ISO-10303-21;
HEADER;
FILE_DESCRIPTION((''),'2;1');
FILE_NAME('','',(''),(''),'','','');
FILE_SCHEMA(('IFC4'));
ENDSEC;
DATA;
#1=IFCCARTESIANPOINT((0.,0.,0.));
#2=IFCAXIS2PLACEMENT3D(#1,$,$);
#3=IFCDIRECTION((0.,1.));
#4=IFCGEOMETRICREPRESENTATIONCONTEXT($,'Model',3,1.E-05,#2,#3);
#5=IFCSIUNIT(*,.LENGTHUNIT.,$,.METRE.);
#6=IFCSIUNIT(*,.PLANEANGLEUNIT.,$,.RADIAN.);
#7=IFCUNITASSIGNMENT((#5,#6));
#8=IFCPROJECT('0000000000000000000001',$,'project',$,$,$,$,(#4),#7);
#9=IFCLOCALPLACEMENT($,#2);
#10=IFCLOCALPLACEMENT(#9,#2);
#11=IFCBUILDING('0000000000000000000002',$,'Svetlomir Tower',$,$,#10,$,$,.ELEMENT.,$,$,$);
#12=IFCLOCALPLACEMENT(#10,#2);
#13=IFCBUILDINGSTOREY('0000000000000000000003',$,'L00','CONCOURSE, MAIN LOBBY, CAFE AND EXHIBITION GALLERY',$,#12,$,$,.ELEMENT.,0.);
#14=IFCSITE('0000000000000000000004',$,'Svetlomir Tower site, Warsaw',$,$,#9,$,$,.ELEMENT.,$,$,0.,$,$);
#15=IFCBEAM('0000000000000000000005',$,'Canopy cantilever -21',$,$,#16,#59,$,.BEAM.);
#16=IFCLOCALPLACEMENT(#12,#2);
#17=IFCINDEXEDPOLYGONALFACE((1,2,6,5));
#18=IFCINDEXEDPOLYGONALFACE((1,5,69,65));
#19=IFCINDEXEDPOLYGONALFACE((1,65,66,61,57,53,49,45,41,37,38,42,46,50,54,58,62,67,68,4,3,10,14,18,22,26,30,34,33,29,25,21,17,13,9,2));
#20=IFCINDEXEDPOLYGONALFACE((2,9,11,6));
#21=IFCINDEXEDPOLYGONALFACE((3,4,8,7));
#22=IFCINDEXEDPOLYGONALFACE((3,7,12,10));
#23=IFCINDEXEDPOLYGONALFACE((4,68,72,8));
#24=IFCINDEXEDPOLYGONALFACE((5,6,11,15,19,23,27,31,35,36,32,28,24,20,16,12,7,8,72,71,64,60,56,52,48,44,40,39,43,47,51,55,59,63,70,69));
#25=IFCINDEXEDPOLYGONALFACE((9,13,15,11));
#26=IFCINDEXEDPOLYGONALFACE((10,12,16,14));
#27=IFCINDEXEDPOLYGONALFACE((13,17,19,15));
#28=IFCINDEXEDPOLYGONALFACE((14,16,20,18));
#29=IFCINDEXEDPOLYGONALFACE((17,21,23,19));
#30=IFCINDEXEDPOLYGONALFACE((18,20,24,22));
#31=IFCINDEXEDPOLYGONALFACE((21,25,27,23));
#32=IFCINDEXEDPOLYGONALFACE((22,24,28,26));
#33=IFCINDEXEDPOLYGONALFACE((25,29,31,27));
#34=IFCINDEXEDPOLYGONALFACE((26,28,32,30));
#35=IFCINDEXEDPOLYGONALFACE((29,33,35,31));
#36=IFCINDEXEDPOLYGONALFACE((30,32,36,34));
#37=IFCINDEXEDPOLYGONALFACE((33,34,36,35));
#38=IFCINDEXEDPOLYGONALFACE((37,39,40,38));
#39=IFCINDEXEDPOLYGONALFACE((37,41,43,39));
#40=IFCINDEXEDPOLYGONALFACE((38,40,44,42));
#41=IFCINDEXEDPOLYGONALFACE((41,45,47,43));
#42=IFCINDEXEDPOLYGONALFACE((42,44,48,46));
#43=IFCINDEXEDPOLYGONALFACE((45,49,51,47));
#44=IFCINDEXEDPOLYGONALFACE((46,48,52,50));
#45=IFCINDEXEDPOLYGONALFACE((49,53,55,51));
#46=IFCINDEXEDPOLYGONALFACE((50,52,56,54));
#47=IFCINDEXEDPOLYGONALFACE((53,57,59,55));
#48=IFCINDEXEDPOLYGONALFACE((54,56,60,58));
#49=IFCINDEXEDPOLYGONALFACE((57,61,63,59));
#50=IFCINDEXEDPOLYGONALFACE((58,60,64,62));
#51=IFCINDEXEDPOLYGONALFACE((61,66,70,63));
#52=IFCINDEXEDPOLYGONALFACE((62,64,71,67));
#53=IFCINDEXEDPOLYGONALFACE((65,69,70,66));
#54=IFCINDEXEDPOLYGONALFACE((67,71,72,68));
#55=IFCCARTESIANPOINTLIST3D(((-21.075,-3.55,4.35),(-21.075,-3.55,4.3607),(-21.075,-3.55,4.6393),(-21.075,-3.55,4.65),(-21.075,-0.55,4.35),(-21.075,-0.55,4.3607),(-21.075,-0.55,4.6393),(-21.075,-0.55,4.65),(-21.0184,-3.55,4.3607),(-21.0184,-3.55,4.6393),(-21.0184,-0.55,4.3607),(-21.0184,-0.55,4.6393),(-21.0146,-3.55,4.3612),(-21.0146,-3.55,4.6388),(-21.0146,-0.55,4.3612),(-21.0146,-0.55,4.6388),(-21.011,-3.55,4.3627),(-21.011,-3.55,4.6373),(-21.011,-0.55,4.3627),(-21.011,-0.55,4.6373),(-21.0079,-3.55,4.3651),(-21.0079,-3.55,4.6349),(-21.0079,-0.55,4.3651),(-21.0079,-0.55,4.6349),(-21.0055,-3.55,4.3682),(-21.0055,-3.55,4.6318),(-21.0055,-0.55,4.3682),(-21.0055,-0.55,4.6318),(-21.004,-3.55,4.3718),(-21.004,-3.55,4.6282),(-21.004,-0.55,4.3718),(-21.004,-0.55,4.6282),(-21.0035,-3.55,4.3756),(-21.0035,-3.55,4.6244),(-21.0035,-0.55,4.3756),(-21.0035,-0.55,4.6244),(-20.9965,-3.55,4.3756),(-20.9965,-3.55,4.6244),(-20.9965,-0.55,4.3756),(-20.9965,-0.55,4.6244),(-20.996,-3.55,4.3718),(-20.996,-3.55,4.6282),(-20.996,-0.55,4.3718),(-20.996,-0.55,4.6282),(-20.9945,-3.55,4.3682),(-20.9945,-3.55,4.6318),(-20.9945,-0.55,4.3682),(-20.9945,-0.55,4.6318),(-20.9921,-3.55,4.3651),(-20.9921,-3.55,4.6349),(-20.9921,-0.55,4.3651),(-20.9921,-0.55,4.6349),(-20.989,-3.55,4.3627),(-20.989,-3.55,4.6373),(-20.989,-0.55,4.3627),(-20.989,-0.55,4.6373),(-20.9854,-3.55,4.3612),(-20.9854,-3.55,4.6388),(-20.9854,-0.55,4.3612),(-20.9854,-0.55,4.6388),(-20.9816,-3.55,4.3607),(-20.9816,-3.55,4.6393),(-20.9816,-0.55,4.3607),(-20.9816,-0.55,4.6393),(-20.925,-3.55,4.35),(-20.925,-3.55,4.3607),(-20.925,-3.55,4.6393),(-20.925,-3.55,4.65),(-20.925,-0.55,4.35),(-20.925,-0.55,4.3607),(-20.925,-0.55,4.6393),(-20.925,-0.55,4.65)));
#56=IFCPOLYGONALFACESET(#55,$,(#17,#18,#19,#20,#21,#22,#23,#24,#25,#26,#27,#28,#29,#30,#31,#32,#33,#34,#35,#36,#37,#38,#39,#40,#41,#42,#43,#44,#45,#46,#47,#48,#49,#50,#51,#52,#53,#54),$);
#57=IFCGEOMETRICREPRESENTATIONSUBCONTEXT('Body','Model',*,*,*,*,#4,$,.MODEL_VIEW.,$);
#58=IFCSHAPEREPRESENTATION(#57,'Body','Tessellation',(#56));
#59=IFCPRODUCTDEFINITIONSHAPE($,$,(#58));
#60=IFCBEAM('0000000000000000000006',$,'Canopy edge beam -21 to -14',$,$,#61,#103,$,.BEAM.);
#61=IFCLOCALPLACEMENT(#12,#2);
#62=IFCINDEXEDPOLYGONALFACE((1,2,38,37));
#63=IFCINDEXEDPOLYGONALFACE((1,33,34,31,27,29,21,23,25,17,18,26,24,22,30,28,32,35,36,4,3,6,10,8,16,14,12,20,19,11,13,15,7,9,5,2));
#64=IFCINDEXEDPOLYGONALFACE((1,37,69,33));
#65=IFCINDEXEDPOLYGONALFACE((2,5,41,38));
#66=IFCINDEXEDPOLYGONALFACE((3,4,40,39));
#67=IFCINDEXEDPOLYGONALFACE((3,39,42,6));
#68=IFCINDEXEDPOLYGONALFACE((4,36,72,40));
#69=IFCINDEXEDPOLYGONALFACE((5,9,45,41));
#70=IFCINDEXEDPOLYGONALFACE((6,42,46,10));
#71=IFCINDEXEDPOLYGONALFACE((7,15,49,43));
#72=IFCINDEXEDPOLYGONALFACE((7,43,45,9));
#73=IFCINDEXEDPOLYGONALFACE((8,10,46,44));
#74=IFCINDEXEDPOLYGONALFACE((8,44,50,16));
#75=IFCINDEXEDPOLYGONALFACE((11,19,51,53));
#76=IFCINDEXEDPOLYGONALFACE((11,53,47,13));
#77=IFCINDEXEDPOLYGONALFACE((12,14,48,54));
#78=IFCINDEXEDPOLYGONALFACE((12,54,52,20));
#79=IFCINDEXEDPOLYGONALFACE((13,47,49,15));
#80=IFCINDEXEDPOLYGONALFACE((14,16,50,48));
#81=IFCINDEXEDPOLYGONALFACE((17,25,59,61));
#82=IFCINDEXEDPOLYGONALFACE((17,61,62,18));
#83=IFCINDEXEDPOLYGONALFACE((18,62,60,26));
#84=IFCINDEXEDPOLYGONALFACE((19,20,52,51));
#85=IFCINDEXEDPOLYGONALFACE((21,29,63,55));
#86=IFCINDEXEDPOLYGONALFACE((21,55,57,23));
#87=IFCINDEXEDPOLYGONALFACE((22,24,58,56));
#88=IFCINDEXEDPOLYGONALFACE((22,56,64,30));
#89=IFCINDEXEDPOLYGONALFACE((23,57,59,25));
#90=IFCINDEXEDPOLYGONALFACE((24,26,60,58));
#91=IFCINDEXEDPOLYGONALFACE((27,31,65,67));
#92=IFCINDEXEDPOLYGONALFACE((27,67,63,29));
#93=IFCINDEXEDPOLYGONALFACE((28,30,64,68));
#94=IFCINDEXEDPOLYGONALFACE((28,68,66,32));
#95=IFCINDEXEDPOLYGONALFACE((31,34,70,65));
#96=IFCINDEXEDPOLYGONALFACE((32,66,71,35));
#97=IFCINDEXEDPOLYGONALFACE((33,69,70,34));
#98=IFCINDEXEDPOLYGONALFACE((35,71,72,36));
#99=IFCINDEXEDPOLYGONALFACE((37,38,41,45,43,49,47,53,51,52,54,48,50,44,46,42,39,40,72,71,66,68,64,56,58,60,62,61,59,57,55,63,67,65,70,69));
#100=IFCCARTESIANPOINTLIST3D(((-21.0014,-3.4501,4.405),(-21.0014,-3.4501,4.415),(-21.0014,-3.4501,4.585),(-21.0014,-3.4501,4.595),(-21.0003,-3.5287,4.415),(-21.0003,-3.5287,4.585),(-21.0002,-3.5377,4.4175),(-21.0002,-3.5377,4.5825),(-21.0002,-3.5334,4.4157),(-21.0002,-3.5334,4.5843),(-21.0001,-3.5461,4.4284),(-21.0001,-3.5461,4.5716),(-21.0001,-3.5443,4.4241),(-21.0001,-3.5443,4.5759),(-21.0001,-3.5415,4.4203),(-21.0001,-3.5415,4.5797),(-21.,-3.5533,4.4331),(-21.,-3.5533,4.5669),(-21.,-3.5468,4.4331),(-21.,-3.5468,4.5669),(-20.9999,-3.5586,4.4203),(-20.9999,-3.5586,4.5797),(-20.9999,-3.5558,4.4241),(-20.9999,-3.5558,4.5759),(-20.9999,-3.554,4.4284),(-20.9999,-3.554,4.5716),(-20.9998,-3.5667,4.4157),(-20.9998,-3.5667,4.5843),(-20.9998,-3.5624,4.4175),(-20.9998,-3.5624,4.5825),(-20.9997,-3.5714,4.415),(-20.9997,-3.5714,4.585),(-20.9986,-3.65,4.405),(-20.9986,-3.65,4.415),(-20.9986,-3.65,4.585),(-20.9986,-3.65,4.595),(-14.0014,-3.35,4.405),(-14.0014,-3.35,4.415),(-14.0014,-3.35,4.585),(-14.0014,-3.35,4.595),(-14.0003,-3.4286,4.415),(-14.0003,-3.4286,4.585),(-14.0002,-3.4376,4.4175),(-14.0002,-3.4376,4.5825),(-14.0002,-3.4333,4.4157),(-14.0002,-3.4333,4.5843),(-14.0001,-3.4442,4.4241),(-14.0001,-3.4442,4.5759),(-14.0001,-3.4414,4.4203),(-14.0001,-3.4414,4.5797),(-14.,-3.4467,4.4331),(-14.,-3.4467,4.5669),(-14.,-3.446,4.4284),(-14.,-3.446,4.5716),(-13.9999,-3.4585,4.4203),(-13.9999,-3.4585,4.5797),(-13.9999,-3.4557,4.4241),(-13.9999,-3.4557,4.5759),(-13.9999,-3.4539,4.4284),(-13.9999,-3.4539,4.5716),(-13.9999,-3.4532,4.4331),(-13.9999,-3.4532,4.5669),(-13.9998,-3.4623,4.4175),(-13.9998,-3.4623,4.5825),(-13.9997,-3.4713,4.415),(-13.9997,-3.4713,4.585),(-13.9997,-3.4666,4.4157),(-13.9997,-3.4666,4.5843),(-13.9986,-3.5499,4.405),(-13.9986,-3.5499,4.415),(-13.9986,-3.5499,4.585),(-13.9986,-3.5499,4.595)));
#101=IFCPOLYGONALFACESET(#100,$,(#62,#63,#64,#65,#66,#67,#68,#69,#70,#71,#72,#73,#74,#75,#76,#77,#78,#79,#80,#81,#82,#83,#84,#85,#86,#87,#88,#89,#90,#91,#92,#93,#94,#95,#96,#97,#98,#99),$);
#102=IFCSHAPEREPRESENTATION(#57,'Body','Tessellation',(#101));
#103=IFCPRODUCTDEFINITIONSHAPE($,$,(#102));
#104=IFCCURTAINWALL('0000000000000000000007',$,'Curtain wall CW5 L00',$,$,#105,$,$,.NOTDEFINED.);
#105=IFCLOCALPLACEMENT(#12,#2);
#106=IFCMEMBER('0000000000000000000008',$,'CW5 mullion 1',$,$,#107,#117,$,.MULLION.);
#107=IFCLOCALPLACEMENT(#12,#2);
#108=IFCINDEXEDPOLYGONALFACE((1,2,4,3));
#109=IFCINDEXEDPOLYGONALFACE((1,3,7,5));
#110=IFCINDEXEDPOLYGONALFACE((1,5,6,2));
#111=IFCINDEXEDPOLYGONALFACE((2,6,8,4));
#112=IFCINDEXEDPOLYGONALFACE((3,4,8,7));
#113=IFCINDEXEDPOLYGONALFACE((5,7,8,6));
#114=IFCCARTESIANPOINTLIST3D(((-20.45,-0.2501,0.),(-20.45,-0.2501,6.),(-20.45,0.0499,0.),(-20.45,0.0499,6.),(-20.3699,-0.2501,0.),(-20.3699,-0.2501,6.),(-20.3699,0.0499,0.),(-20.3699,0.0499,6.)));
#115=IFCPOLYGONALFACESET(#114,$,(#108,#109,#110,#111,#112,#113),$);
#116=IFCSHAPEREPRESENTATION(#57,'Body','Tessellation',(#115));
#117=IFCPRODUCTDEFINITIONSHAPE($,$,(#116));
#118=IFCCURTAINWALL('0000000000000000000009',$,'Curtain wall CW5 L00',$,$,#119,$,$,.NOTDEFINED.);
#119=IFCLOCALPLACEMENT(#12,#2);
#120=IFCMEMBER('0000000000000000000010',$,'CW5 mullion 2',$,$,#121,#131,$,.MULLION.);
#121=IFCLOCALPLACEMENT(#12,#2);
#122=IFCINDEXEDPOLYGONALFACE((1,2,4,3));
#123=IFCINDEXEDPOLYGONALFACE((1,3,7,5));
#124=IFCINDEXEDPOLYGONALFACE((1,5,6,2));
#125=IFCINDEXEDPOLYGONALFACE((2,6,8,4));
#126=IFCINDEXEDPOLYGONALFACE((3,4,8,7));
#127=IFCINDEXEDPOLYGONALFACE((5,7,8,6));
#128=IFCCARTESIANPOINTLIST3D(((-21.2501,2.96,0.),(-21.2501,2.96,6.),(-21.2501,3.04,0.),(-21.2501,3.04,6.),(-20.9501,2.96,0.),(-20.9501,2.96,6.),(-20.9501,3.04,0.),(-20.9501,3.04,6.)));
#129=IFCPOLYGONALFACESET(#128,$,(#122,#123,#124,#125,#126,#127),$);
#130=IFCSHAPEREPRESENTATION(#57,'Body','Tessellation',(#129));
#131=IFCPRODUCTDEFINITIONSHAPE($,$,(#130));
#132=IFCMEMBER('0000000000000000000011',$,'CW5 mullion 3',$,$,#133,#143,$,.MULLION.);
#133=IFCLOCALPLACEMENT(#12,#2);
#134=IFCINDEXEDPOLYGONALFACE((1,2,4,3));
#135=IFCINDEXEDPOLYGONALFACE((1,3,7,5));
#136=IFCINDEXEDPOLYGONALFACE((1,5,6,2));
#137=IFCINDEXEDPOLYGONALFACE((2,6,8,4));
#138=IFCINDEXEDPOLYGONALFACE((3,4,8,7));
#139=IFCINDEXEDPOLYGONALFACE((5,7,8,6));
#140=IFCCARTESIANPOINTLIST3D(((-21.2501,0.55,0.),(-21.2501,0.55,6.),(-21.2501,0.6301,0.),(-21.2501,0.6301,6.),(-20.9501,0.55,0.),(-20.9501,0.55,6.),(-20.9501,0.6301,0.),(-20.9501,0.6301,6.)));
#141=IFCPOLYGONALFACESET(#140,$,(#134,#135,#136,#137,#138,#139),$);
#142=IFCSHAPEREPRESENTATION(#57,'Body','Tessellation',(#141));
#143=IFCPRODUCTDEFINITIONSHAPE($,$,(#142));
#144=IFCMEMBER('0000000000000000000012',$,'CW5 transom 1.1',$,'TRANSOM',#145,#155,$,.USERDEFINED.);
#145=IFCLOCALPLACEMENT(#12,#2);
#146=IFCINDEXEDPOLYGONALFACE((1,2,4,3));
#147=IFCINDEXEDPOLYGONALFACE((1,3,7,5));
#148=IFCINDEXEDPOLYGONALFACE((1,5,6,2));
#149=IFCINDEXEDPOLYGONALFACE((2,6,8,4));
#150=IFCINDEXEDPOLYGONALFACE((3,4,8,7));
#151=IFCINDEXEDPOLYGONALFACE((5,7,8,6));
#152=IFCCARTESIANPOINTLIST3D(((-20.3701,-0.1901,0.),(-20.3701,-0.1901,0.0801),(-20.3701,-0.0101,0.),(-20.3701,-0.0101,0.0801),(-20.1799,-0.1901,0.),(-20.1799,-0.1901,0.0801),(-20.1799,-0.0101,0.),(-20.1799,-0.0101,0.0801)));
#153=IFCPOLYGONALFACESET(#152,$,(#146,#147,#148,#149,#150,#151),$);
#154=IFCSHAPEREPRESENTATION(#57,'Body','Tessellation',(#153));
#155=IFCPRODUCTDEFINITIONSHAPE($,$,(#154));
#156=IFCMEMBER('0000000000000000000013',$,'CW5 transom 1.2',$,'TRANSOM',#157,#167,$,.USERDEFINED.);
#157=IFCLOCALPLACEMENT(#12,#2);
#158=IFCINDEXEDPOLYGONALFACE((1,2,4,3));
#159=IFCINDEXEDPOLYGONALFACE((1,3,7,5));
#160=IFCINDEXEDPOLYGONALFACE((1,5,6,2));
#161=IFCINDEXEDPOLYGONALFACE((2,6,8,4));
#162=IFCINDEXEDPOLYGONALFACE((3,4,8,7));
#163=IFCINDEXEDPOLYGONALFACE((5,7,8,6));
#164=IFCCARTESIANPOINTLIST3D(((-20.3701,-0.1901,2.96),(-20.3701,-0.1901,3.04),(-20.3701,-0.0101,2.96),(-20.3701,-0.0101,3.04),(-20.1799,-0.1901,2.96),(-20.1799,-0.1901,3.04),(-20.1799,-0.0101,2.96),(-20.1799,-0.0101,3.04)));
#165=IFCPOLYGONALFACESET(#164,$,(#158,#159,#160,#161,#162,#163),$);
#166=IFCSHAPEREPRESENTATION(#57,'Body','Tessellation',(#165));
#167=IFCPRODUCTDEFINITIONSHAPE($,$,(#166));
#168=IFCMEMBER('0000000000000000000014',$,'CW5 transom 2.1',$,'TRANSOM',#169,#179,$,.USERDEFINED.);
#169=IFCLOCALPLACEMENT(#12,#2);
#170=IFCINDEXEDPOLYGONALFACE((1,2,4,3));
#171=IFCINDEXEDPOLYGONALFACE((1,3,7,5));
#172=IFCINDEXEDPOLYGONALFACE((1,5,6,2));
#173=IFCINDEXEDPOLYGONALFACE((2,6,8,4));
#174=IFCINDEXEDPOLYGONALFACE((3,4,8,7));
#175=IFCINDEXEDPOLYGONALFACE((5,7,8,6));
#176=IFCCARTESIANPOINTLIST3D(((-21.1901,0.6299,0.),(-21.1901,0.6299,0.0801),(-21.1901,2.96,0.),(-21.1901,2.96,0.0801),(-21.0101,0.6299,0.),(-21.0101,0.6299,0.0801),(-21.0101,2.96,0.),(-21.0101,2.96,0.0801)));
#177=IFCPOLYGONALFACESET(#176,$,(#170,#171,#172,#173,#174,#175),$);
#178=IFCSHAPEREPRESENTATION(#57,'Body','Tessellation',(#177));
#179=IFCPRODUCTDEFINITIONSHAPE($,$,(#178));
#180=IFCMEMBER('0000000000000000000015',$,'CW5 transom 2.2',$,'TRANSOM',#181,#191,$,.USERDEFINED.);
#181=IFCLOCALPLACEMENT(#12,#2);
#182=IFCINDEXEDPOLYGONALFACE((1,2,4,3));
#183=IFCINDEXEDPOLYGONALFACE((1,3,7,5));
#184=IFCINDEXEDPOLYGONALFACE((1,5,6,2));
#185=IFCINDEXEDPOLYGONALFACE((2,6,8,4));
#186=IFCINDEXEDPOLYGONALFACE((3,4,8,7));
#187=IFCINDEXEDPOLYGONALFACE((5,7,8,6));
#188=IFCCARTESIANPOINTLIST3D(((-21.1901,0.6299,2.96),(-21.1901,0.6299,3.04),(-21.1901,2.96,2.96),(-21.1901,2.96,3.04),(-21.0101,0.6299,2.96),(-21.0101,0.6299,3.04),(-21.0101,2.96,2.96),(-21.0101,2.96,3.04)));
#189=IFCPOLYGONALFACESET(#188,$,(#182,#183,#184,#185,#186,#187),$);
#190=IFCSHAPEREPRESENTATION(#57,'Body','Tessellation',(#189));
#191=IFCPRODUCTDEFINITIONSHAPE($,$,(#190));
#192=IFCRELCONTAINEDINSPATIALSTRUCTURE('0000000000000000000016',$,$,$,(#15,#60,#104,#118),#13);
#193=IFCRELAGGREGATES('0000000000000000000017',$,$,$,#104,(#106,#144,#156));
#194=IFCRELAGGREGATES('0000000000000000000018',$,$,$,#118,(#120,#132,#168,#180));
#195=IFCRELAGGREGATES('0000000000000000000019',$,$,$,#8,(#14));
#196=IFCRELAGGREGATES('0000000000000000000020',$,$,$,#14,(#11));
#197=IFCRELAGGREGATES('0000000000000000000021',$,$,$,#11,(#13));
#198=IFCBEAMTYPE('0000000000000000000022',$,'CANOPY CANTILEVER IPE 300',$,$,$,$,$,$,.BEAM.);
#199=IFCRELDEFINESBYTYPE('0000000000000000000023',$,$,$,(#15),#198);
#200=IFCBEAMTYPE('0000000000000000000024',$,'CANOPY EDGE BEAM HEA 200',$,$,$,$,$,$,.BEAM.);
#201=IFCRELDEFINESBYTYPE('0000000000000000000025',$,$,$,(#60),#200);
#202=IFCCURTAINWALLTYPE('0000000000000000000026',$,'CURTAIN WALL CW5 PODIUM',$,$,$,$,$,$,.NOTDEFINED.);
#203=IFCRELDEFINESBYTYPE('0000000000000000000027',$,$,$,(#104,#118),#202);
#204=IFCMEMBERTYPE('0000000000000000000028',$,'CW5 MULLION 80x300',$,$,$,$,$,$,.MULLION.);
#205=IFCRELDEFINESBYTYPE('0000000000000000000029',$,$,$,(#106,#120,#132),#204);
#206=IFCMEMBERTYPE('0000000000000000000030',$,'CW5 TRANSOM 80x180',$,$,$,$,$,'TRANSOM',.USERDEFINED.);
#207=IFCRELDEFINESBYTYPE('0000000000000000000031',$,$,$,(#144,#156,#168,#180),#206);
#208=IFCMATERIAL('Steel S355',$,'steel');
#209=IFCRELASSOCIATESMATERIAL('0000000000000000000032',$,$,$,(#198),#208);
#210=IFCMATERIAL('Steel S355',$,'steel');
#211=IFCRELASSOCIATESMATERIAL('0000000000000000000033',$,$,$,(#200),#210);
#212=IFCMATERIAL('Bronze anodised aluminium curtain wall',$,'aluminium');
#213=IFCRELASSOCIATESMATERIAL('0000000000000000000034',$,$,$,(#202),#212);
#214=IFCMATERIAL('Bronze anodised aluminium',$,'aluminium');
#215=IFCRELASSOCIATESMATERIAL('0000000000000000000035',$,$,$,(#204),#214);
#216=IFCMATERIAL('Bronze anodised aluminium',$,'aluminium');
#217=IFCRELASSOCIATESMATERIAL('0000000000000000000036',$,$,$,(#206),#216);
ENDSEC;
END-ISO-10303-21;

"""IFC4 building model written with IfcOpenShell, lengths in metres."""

from ifc_helpers import new_model, si_unit, direction, frame, origin, origin_2d, place, context, subcontext, project, spatial, rectangle, i_section, extrude, material, material_profile, profile_set, type_object, element, aggregate, save


model = new_model("IFC4")

# Units and contexts
model_context = context("Model", 3, precision=1e-05, world=origin(), true_north=direction((0.0, 1.0)))
body_context = subcontext(model_context, "Body", "Model", "MODEL_VIEW")
ifc_project = project(units=[si_unit("LENGTHUNIT", "METRE"), si_unit("PLANEANGLEUNIT", "RADIAN")], contexts=[model_context])

# Site, building, storey
site_placement = place(None, origin())
site = spatial("IfcSite", under=ifc_project, at=site_placement, Name="Svetlomir Tower site, Warsaw", CompositionType="ELEMENT", RefElevation=0.0)
building_placement = place(site_placement, origin())
building = spatial("IfcBuilding", under=site, at=building_placement, Name="Svetlomir Tower", CompositionType="ELEMENT")
storey_placement = place(building_placement, origin())
storey = spatial("IfcBuildingStorey", under=building, at=storey_placement, Name="L00", Description="CONCOURSE, MAIN LOBBY, CAFE AND EXHIBITION GALLERY", CompositionType="ELEMENT", Elevation=0.0)

# Beams
ifc_material_1 = material(Name="Steel S355", Category="steel")
ifc_material_profile_1 = material_profile(ifc_material_1, i_section(OverallWidth=0.1499, OverallDepth=0.3, WebThickness=0.0071, FlangeThickness=0.0107, FilletRadius=0.0149, at=origin_2d()), Name="IPE 300")
ifc_profile_set_1 = profile_set([ifc_material_profile_1], Name="Steel S355")
beam_type_1 = type_object("IfcBeamType", Name="CANOPY CANTILEVER IPE 300", PredefinedType="BEAM", material=ifc_profile_set_1)
beam_1_placement = place(storey_placement, frame((-21.0, -0.55, 4.5), z_axis=(0.0, -1.0, 0.0), x_axis=(1.0, 0.0, 0.0)))
element("IfcBeam", 1, at=beam_1_placement, inside=storey, type_object=beam_type_1, Name="Canopy cantilever -21", PredefinedType="BEAM", context=body_context, shape_type="SweptSolid", body=[
    extrude(i_section(OverallWidth=0.1499, OverallDepth=0.3, WebThickness=0.0071, FlangeThickness=0.0107, FilletRadius=0.0149, at=origin_2d()), origin(), (0.0, 0.0, 1.0), 3.0),
])
ifc_material_2 = material(Name="Steel S355", Category="steel")
ifc_material_profile_2 = material_profile(ifc_material_2, i_section(OverallWidth=0.2, OverallDepth=0.1899, WebThickness=0.0066, FlangeThickness=0.01, FilletRadius=0.0181, at=origin_2d()), Name="HEA 200")
ifc_profile_set_2 = profile_set([ifc_material_profile_2], Name="Steel S355")
beam_type_2 = type_object("IfcBeamType", Name="CANOPY EDGE BEAM HEA 200", PredefinedType="BEAM", material=ifc_profile_set_2)
beam_2_placement = place(storey_placement, frame((-21.0, -3.55, 4.5), z_axis=(0.999898, 0.014298, 0.0), x_axis=(-0.014298, 0.999898, 0.0)))
element("IfcBeam", 2, at=beam_2_placement, inside=storey, type_object=beam_type_2, Name="Canopy edge beam -21 to -14", PredefinedType="BEAM", context=body_context, shape_type="SweptSolid", body=[
    extrude(i_section(OverallWidth=0.2, OverallDepth=0.1899, WebThickness=0.0066, FlangeThickness=0.01, FilletRadius=0.0181, at=origin_2d()), origin(), (0.0, 0.0, 1.0), 7.0007),
])

# Curtain wall, member
ifc_material_3 = material(Name="Bronze anodised aluminium curtain wall", Category="aluminium")
curtain_wall_type = type_object("IfcCurtainWallType", Name="CURTAIN WALL CW5 PODIUM", PredefinedType="NOTDEFINED", material=ifc_material_3)
curtain_wall_1_placement = place(storey_placement, origin())
curtain_wall_1 = element("IfcCurtainWall", 3, at=curtain_wall_1_placement, inside=storey, type_object=curtain_wall_type, Name="Curtain wall CW5 L00", PredefinedType="NOTDEFINED")
ifc_material_4 = material(Name="Bronze anodised aluminium", Category="aluminium")
ifc_material_profile_3 = material_profile(ifc_material_4, rectangle(XDim=0.0801, YDim=0.3, at=origin_2d()), Name="AL 80x300")
ifc_profile_set_3 = profile_set([ifc_material_profile_3], Name="Bronze anodised aluminium 6063-T6")
member_type_1 = type_object("IfcMemberType", Name="CW5 MULLION 80x300", PredefinedType="MULLION", material=ifc_profile_set_3)
member_1_placement = place(storey_placement, frame((-20.4099, -0.1001, 0.0), z_axis=(0.0, 0.0, 1.0), x_axis=(1.0, 0.0, 0.0)))
member_1 = element("IfcMember", 4, at=member_1_placement, type_object=member_type_1, Name="CW5 mullion 1", PredefinedType="MULLION", context=body_context, shape_type="SweptSolid", body=[
    extrude(rectangle(XDim=0.0801, YDim=0.3, at=origin_2d()), origin(), (0.0, 0.0, 1.0), 6.0),
])

# Curtain wall, members
curtain_wall_2_placement = place(storey_placement, origin())
curtain_wall_2 = element("IfcCurtainWall", 5, at=curtain_wall_2_placement, inside=storey, type_object=curtain_wall_type, Name="Curtain wall CW5 L00", PredefinedType="NOTDEFINED")
member_2_placement = place(storey_placement, frame((-21.1001, 3.0, 0.0), z_axis=(0.0, 0.0, 1.0), x_axis=(0.0, -1.0, 0.0)))
member_2 = element("IfcMember", 6, at=member_2_placement, type_object=member_type_1, Name="CW5 mullion 2", PredefinedType="MULLION", context=body_context, shape_type="SweptSolid", body=[
    extrude(rectangle(XDim=0.0801, YDim=0.3, at=origin_2d()), origin(), (0.0, 0.0, 1.0), 6.0),
])
member_3_placement = place(storey_placement, frame((-21.1001, 0.5901, 0.0), z_axis=(0.0, 0.0, 1.0), x_axis=(0.0, -1.0, 0.0)))
member_3 = element("IfcMember", 7, at=member_3_placement, type_object=member_type_1, Name="CW5 mullion 3", PredefinedType="MULLION", context=body_context, shape_type="SweptSolid", body=[
    extrude(rectangle(XDim=0.0801, YDim=0.3, at=origin_2d()), origin(), (0.0, 0.0, 1.0), 6.0),
])

# Members
ifc_material_5 = material(Name="Bronze anodised aluminium", Category="aluminium")
ifc_material_profile_4 = material_profile(ifc_material_5, rectangle(XDim=0.1799, YDim=0.0801, at=origin_2d()), Name="AL 180x80")
ifc_profile_set_4 = profile_set([ifc_material_profile_4], Name="Bronze anodised aluminium 6063-T6")
member_type_2 = type_object("IfcMemberType", Name="CW5 TRANSOM 80x180", ElementType="TRANSOM", PredefinedType="USERDEFINED", material=ifc_profile_set_4)
member_4_placement = place(storey_placement, frame((-20.3701, -0.1001, 0.04), z_axis=(1.0, 0.0, 0.0), x_axis=(0.0, 1.0, 0.0)))
member_4 = element("IfcMember", 8, at=member_4_placement, type_object=member_type_2, Name="CW5 transom 1.1", ObjectType="TRANSOM", PredefinedType="USERDEFINED", context=body_context, shape_type="SweptSolid", body=[
    extrude(rectangle(XDim=0.1799, YDim=0.0801, at=origin_2d()), origin(), (0.0, 0.0, 1.0), 0.1902),
])
member_5_placement = place(storey_placement, frame((-20.3701, -0.1001, 3.0), z_axis=(1.0, 0.0, 0.0), x_axis=(0.0, 1.0, 0.0)))
member_5 = element("IfcMember", 9, at=member_5_placement, type_object=member_type_2, Name="CW5 transom 1.2", ObjectType="TRANSOM", PredefinedType="USERDEFINED", context=body_context, shape_type="SweptSolid", body=[
    extrude(rectangle(XDim=0.1799, YDim=0.0801, at=origin_2d()), origin(), (0.0, 0.0, 1.0), 0.1902),
])
member_6_placement = place(storey_placement, frame((-21.1001, 2.96, 0.04), z_axis=(0.0, -1.0, 0.0), x_axis=(1.0, 0.0, 0.0)))
member_6 = element("IfcMember", 10, at=member_6_placement, type_object=member_type_2, Name="CW5 transom 2.1", ObjectType="TRANSOM", PredefinedType="USERDEFINED", context=body_context, shape_type="SweptSolid", body=[
    extrude(rectangle(XDim=0.1799, YDim=0.0801, at=origin_2d()), origin(), (0.0, 0.0, 1.0), 2.3301),
])
member_7_placement = place(storey_placement, frame((-21.1001, 2.96, 3.0), z_axis=(0.0, -1.0, 0.0), x_axis=(1.0, 0.0, 0.0)))
member_7 = element("IfcMember", 11, at=member_7_placement, type_object=member_type_2, Name="CW5 transom 2.2", ObjectType="TRANSOM", PredefinedType="USERDEFINED", context=body_context, shape_type="SweptSolid", body=[
    extrude(rectangle(XDim=0.1799, YDim=0.0801, at=origin_2d()), origin(), (0.0, 0.0, 1.0), 2.3301),
])

aggregate(curtain_wall_1, [member_1, member_4, member_5])
aggregate(curtain_wall_2, [member_2, member_3, member_6, member_7])

save(model, "model.ifc")
